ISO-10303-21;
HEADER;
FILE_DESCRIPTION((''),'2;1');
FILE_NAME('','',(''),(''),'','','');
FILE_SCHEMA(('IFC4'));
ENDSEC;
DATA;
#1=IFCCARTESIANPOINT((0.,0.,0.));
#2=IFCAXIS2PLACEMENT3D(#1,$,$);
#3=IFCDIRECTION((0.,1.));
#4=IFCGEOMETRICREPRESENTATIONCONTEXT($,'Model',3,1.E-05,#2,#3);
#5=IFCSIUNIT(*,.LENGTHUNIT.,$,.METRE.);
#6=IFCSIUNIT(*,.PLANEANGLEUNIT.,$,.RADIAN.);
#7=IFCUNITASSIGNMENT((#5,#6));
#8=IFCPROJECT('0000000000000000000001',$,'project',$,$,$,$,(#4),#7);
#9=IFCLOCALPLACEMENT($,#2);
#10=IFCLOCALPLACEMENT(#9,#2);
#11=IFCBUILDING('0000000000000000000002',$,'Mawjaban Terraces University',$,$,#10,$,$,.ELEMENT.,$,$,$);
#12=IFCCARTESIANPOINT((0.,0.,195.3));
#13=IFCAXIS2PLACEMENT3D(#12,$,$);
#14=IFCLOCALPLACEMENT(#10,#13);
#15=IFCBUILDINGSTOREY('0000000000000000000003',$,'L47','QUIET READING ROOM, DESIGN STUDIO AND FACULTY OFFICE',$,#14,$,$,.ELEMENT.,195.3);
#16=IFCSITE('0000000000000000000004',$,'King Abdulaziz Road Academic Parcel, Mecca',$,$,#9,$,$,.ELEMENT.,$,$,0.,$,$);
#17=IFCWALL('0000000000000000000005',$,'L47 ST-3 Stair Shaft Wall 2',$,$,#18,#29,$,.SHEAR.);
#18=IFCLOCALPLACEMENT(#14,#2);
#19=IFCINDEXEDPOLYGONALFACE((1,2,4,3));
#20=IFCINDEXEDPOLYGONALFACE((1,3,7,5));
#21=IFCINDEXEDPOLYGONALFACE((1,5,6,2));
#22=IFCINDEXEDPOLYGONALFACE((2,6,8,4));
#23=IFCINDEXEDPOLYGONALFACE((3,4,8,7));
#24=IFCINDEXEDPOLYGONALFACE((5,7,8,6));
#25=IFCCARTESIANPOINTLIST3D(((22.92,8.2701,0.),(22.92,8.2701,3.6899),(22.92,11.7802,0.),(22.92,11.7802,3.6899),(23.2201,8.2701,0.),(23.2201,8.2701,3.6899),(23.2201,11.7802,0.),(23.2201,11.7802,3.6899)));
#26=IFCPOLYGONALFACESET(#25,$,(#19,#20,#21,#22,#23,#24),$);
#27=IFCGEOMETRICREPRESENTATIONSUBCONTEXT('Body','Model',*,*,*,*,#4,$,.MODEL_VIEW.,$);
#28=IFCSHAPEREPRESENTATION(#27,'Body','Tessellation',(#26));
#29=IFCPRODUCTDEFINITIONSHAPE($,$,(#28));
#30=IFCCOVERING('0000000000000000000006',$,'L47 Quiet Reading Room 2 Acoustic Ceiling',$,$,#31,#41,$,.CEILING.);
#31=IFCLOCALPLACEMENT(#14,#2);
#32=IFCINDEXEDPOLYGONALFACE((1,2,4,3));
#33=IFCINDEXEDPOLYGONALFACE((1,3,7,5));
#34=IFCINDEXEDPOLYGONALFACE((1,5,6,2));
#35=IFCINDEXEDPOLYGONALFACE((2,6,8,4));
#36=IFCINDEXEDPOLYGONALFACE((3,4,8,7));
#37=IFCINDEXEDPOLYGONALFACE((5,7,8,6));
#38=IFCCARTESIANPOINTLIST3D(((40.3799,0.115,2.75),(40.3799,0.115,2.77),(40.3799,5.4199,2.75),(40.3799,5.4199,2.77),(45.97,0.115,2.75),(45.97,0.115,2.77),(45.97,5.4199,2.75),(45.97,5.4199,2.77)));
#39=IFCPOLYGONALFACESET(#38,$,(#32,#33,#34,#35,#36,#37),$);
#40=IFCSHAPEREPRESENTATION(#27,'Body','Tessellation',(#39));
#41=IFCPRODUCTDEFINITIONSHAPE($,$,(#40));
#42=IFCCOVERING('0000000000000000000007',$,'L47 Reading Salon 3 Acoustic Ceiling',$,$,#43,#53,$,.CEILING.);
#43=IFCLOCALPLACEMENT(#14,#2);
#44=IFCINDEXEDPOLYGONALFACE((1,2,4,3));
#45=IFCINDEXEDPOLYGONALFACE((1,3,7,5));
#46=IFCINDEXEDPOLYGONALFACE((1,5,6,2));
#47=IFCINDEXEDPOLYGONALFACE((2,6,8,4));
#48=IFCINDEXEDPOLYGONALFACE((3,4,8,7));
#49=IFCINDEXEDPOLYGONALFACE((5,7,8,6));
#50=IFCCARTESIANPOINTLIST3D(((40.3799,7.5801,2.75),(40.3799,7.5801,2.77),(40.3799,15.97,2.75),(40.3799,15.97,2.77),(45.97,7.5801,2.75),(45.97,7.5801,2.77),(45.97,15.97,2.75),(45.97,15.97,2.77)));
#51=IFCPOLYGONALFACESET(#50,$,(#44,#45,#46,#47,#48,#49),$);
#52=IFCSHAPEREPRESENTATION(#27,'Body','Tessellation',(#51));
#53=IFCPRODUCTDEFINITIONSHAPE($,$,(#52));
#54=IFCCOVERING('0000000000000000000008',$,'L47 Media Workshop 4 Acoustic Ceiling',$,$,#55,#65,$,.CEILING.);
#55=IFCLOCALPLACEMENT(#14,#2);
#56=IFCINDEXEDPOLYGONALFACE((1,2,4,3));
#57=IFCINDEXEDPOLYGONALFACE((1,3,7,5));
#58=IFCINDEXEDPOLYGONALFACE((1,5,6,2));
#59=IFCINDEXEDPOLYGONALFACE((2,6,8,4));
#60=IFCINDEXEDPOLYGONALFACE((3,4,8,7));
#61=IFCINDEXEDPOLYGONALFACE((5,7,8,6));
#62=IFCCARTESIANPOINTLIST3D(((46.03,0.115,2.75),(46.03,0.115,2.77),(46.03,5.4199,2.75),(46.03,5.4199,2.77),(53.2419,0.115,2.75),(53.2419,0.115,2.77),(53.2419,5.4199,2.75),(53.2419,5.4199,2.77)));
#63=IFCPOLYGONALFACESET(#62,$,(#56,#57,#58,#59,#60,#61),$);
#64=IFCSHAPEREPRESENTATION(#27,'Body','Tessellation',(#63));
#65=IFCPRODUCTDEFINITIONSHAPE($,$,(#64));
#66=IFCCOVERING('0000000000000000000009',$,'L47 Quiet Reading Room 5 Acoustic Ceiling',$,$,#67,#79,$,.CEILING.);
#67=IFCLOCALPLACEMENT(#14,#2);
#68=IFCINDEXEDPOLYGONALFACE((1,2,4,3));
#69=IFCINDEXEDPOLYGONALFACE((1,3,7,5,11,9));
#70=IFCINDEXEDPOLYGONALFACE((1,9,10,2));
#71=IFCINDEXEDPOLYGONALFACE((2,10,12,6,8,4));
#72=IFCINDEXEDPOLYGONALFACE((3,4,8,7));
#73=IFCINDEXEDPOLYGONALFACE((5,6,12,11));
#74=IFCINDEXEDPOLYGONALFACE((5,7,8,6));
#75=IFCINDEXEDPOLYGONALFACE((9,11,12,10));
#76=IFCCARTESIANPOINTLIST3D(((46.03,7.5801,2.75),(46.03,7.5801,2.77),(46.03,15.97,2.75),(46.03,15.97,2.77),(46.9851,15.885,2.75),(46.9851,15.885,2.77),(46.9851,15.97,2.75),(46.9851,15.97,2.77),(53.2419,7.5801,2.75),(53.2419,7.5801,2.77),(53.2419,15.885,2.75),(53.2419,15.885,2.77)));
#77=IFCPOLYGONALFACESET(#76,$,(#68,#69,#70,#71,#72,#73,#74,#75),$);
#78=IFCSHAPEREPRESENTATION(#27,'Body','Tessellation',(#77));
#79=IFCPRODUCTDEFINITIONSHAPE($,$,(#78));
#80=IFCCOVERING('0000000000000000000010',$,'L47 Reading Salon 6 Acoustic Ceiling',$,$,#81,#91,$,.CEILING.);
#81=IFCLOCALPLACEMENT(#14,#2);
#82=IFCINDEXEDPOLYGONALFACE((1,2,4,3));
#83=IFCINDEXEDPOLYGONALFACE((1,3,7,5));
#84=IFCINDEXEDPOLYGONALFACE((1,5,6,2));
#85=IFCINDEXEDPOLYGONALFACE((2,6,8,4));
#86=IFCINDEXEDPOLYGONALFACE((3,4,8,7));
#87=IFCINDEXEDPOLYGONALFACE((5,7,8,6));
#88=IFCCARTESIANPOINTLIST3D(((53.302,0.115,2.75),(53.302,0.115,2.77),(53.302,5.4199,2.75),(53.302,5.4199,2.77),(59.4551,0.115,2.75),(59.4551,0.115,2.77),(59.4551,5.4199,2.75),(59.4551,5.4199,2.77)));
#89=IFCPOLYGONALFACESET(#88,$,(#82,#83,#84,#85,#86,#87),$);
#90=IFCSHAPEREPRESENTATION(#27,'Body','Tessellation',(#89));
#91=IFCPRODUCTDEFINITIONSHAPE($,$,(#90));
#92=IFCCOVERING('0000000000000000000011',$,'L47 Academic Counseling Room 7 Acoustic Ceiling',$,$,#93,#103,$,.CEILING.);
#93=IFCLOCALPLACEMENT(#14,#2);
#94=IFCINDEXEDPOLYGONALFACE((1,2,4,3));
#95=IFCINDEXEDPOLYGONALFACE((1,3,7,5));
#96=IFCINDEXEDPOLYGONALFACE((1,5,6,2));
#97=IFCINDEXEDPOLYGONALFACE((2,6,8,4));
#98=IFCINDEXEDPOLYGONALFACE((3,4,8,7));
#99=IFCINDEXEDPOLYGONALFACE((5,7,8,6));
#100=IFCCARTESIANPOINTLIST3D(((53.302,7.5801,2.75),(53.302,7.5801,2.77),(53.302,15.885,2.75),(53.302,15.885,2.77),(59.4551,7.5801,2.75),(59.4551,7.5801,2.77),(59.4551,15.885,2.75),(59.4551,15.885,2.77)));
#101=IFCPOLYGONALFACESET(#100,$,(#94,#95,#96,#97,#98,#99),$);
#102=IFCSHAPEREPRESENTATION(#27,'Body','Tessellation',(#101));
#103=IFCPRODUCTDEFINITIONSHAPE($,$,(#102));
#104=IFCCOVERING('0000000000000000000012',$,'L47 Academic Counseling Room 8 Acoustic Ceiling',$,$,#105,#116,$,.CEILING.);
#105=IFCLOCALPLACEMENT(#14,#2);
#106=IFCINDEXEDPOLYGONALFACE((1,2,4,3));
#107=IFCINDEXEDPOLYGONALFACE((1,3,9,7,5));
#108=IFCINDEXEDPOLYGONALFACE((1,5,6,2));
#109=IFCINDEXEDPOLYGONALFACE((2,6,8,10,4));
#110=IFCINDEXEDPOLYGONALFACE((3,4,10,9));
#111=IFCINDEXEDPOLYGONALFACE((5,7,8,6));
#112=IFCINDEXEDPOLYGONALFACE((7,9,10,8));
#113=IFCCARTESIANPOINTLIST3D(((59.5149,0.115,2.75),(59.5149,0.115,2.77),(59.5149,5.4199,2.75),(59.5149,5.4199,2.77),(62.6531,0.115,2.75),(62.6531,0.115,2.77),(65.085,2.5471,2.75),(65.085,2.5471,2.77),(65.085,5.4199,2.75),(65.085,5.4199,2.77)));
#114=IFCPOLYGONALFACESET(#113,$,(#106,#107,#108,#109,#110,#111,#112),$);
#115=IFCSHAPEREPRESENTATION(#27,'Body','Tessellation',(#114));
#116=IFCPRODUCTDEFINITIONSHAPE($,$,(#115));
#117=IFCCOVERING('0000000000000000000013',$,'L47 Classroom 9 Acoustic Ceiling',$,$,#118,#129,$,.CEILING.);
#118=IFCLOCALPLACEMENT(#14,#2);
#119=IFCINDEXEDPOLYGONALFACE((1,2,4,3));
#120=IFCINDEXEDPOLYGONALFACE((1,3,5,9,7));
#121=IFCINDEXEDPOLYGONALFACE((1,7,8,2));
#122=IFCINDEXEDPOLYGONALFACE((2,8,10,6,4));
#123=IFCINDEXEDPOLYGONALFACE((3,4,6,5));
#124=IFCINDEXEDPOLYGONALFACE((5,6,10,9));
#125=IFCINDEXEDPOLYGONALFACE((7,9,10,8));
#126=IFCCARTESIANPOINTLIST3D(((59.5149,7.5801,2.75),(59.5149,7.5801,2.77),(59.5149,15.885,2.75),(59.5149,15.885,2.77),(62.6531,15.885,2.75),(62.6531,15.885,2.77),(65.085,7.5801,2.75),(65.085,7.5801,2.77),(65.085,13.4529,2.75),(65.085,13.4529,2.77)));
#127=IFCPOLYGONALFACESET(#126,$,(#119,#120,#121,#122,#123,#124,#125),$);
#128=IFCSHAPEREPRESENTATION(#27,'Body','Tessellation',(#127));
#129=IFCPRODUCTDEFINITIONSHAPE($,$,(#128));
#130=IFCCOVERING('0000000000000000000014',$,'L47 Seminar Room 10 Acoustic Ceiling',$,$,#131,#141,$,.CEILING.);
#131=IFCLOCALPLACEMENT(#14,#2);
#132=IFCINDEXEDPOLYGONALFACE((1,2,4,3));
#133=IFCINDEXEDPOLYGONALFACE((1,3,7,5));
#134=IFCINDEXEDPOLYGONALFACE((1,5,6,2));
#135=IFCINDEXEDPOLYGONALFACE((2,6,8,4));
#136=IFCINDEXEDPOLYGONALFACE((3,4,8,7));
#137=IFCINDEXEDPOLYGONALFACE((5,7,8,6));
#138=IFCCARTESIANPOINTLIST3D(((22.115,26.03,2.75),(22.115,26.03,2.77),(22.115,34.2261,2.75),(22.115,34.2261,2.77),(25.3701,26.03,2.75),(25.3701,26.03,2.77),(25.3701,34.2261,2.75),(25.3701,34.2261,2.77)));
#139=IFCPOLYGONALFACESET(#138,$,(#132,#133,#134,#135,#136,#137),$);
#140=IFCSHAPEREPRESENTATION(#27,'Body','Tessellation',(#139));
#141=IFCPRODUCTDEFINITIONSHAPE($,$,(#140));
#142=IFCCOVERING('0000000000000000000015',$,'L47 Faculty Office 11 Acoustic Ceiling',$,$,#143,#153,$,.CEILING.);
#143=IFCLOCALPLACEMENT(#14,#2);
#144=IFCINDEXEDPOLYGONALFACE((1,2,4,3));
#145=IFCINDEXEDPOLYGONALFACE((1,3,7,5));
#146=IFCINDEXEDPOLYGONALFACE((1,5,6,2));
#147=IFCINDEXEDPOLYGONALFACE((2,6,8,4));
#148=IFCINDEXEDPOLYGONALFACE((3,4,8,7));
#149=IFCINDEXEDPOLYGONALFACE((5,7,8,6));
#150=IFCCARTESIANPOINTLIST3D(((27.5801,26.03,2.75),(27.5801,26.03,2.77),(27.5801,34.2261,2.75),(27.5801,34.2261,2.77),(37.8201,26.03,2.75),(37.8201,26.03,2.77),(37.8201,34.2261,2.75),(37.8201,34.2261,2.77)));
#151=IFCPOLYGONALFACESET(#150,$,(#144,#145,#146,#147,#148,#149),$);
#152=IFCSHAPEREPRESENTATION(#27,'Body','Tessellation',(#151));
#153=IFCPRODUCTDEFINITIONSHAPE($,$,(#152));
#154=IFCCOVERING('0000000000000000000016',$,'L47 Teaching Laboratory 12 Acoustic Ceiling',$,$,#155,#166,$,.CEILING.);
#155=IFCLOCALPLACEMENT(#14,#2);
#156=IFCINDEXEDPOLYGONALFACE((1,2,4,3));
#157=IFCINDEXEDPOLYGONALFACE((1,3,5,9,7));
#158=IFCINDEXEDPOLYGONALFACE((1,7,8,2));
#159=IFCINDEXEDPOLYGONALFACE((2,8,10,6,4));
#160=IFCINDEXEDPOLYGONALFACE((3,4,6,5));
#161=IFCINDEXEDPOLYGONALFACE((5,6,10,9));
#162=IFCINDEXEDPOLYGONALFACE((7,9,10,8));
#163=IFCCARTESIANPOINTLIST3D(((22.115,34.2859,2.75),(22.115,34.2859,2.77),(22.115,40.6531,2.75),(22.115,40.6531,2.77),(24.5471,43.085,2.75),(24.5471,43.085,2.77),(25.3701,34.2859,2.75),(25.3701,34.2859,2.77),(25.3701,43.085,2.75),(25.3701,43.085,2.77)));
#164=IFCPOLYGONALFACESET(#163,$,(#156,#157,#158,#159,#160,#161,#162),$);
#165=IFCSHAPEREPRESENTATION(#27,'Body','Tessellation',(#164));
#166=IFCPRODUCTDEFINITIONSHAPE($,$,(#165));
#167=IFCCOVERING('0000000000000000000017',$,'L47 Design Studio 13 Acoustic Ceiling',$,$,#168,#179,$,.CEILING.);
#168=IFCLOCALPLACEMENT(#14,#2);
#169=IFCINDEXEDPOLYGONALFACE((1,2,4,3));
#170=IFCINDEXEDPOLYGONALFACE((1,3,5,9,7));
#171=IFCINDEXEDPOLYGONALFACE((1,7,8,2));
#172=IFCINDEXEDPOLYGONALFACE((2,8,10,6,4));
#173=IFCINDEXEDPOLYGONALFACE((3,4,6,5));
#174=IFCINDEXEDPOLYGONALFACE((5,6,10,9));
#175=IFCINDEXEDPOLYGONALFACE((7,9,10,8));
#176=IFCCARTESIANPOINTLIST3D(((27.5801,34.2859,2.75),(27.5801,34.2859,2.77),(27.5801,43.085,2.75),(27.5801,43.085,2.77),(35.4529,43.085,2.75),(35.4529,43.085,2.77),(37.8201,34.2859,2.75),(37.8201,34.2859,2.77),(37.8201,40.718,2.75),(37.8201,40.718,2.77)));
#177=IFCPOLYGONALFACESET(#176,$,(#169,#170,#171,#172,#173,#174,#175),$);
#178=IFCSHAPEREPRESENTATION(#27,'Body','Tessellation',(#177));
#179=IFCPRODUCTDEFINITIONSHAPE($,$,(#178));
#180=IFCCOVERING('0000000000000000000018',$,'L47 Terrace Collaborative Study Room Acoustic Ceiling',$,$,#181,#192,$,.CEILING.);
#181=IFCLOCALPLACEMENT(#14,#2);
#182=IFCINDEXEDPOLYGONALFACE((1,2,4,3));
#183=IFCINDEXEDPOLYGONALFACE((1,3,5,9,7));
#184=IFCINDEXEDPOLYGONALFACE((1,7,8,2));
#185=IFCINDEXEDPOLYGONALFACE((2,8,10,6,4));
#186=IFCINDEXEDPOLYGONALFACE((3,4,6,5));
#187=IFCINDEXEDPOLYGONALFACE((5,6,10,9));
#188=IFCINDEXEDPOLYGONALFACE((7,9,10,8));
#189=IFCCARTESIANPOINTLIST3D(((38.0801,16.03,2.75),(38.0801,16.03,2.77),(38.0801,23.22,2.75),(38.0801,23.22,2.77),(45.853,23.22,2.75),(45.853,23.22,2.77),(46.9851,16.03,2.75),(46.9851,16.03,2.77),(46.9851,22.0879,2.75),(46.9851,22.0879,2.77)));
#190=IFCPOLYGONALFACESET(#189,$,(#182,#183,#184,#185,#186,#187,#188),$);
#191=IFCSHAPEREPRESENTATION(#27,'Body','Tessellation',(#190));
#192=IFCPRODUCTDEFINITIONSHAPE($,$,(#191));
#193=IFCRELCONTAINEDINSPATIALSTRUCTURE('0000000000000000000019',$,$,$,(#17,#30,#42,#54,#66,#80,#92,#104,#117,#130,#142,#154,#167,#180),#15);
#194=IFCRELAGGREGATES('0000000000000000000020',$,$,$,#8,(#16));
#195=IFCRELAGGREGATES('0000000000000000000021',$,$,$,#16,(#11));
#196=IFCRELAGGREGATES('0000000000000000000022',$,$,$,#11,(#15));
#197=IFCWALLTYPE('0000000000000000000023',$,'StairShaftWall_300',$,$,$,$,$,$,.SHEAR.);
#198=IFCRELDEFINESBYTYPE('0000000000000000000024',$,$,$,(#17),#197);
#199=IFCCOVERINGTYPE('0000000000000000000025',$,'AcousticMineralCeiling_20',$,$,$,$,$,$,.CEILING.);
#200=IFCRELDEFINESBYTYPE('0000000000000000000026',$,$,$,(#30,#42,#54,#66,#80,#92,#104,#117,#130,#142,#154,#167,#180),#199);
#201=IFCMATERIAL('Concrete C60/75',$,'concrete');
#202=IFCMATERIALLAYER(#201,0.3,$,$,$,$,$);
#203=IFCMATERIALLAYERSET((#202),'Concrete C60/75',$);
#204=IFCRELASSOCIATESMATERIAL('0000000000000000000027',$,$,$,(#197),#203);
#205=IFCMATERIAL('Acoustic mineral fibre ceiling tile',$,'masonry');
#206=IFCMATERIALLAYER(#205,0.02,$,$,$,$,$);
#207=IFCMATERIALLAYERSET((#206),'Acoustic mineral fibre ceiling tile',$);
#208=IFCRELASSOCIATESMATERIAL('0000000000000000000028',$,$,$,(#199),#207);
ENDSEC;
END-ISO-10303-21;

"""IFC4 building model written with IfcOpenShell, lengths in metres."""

from ifc_helpers import new_model, si_unit, direction, frame, frame_2d, origin, place, context, subcontext, project, spatial, polyline, rectangle, outline, extrude, material, layer, layer_set, type_object, element, save


model = new_model("IFC4")

# Units and contexts
model_context = context("Model", 3, precision=1e-05, world=origin(), true_north=direction((0.0, 1.0)))
body_context = subcontext(model_context, "Body", "Model", "MODEL_VIEW")
ifc_project = project(units=[si_unit("LENGTHUNIT", "METRE"), si_unit("PLANEANGLEUNIT", "RADIAN")], contexts=[model_context])

# Site, building, storey
site_placement = place(None, origin())
site = spatial("IfcSite", under=ifc_project, at=site_placement, Name="King Abdulaziz Road Academic Parcel, Mecca", CompositionType="ELEMENT", RefElevation=0.0)
building_placement = place(site_placement, origin())
building = spatial("IfcBuilding", under=site, at=building_placement, Name="Mawjaban Terraces University", CompositionType="ELEMENT")
storey_placement = place(building_placement, frame((0.0, 0.0, 195.3)))
storey = spatial("IfcBuildingStorey", under=building, at=storey_placement, Name="L47", Description="QUIET READING ROOM, DESIGN STUDIO AND FACULTY OFFICE", CompositionType="ELEMENT", Elevation=195.3)

# Shared definitions
ifc_material_1 = material(Name="Concrete C60/75", Category="concrete")

# Wall
ifc_layer_1 = layer(ifc_material_1, 0.3)
ifc_layer_set_1 = layer_set([ifc_layer_1], Name="Concrete C60/75")
wall_type_1 = type_object("IfcWallType", Name="StairShaftWall_300", PredefinedType="SHEAR", material=ifc_layer_set_1)
wall_1_placement = place(storey_placement, frame((23.0701, 11.78, 0.0), z_axis=(0.0, 0.0, 1.0), x_axis=(0.0, -1.0, 0.0)))
element("IfcWall", 1, at=wall_1_placement, inside=storey, type_object=wall_type_1, Name="L47 ST-3 Stair Shaft Wall 2", PredefinedType="SHEAR", context=body_context, shape_type="SweptSolid", body=[
    extrude(rectangle(XDim=3.51, YDim=0.3, at=frame_2d((1.7549, 0.0))), origin(), (0.0, 0.0, 1.0), 3.6899),
])

# Coverings
ifc_material_2 = material(Name="Acoustic mineral fibre ceiling tile", Category="masonry")
ifc_layer_2 = layer(ifc_material_2, 0.02)
ifc_layer_set_2 = layer_set([ifc_layer_2], Name="Acoustic mineral fibre ceiling tile")
covering_type_1 = type_object("IfcCoveringType", Name="AcousticMineralCeiling_20", PredefinedType="CEILING", material=ifc_layer_set_2)
covering_1_placement = place(storey_placement, frame((0.0, 0.0, 2.75)))
element("IfcCovering", 2, at=covering_1_placement, inside=storey, type_object=covering_type_1, Name="L47 Quiet Reading Room 2 Acoustic Ceiling", PredefinedType="CEILING", context=body_context, shape_type="SweptSolid", body=[
    extrude(outline(polyline([(40.3799, 0.115), (45.97, 0.115), (45.97, 5.4199), (40.3799, 5.4199), (40.3799, 0.115)])), origin(), (0.0, 0.0, 1.0), 0.02),
])
covering_2_placement = place(storey_placement, frame((0.0, 0.0, 2.75)))
element("IfcCovering", 3, at=covering_2_placement, inside=storey, type_object=covering_type_1, Name="L47 Reading Salon 3 Acoustic Ceiling", PredefinedType="CEILING", context=body_context, shape_type="SweptSolid", body=[
    extrude(outline(polyline([(45.97, 7.5801), (45.97, 15.97), (40.3799, 15.97), (40.3799, 7.5801), (45.97, 7.5801)])), origin(), (0.0, 0.0, 1.0), 0.02),
])
covering_3_placement = place(storey_placement, frame((0.0, 0.0, 2.75)))
element("IfcCovering", 4, at=covering_3_placement, inside=storey, type_object=covering_type_1, Name="L47 Media Workshop 4 Acoustic Ceiling", PredefinedType="CEILING", context=body_context, shape_type="SweptSolid", body=[
    extrude(outline(polyline([(46.03, 0.115), (53.2419, 0.115), (53.2419, 5.4199), (46.03, 5.4199), (46.03, 0.115)])), origin(), (0.0, 0.0, 1.0), 0.02),
])
covering_4_placement = place(storey_placement, frame((0.0, 0.0, 2.75)))
element("IfcCovering", 5, at=covering_4_placement, inside=storey, type_object=covering_type_1, Name="L47 Quiet Reading Room 5 Acoustic Ceiling", PredefinedType="CEILING", context=body_context, shape_type="SweptSolid", body=[
    extrude(outline(polyline([(53.2419, 15.885), (46.9851, 15.885), (46.9851, 15.97), (46.03, 15.97), (46.03, 7.5801), (53.2419, 7.5801), (53.2419, 15.885)])), origin(), (0.0, 0.0, 1.0), 0.02),
])
covering_5_placement = place(storey_placement, frame((0.0, 0.0, 2.75)))
element("IfcCovering", 6, at=covering_5_placement, inside=storey, type_object=covering_type_1, Name="L47 Reading Salon 6 Acoustic Ceiling", PredefinedType="CEILING", context=body_context, shape_type="SweptSolid", body=[
    extrude(outline(polyline([(53.302, 0.115), (59.4551, 0.115), (59.4551, 5.4199), (53.302, 5.4199), (53.302, 0.115)])), origin(), (0.0, 0.0, 1.0), 0.02),
])
covering_6_placement = place(storey_placement, frame((0.0, 0.0, 2.75)))
element("IfcCovering", 7, at=covering_6_placement, inside=storey, type_object=covering_type_1, Name="L47 Academic Counseling Room 7 Acoustic Ceiling", PredefinedType="CEILING", context=body_context, shape_type="SweptSolid", body=[
    extrude(outline(polyline([(59.4551, 15.885), (53.302, 15.885), (53.302, 7.5801), (59.4551, 7.5801), (59.4551, 15.885)])), origin(), (0.0, 0.0, 1.0), 0.02),
])
covering_7_placement = place(storey_placement, frame((0.0, 0.0, 2.75)))
element("IfcCovering", 8, at=covering_7_placement, inside=storey, type_object=covering_type_1, Name="L47 Academic Counseling Room 8 Acoustic Ceiling", PredefinedType="CEILING", context=body_context, shape_type="SweptSolid", body=[
    extrude(outline(polyline([(59.5149, 0.115), (62.6531, 0.115), (65.085, 2.5471), (65.085, 5.4199), (59.5149, 5.4199), (59.5149, 0.115)])), origin(), (0.0, 0.0, 1.0), 0.02),
])
covering_8_placement = place(storey_placement, frame((0.0, 0.0, 2.75)))
element("IfcCovering", 9, at=covering_8_placement, inside=storey, type_object=covering_type_1, Name="L47 Classroom 9 Acoustic Ceiling", PredefinedType="CEILING", context=body_context, shape_type="SweptSolid", body=[
    extrude(outline(polyline([(65.085, 7.5801), (65.085, 13.4529), (62.6531, 15.885), (59.5149, 15.885), (59.5149, 7.5801), (65.085, 7.5801)])), origin(), (0.0, 0.0, 1.0), 0.02),
])
covering_9_placement = place(storey_placement, frame((0.0, 0.0, 2.75)))
element("IfcCovering", 10, at=covering_9_placement, inside=storey, type_object=covering_type_1, Name="L47 Seminar Room 10 Acoustic Ceiling", PredefinedType="CEILING", context=body_context, shape_type="SweptSolid", body=[
    extrude(outline(polyline([(22.115, 34.2261), (22.115, 26.03), (25.3701, 26.03), (25.3701, 34.2261), (22.115, 34.2261)])), origin(), (0.0, 0.0, 1.0), 0.02),
])
covering_10_placement = place(storey_placement, frame((0.0, 0.0, 2.75)))
element("IfcCovering", 11, at=covering_10_placement, inside=storey, type_object=covering_type_1, Name="L47 Faculty Office 11 Acoustic Ceiling", PredefinedType="CEILING", context=body_context, shape_type="SweptSolid", body=[
    extrude(outline(polyline([(37.8201, 26.03), (37.8201, 34.2261), (27.5801, 34.2261), (27.5801, 26.03), (37.8201, 26.03)])), origin(), (0.0, 0.0, 1.0), 0.02),
])
covering_11_placement = place(storey_placement, frame((0.0, 0.0, 2.75)))
element("IfcCovering", 12, at=covering_11_placement, inside=storey, type_object=covering_type_1, Name="L47 Teaching Laboratory 12 Acoustic Ceiling", PredefinedType="CEILING", context=body_context, shape_type="SweptSolid", body=[
    extrude(outline(polyline([(25.3701, 43.085), (24.5471, 43.085), (22.115, 40.6531), (22.115, 34.2859), (25.3701, 34.2859), (25.3701, 43.085)])), origin(), (0.0, 0.0, 1.0), 0.02),
])
covering_12_placement = place(storey_placement, frame((0.0, 0.0, 2.75)))
element("IfcCovering", 13, at=covering_12_placement, inside=storey, type_object=covering_type_1, Name="L47 Design Studio 13 Acoustic Ceiling", PredefinedType="CEILING", context=body_context, shape_type="SweptSolid", body=[
    extrude(outline(polyline([(37.8201, 40.718), (35.4529, 43.085), (27.5801, 43.085), (27.5801, 34.2859), (37.8201, 34.2859), (37.8201, 40.718)])), origin(), (0.0, 0.0, 1.0), 0.02),
])
covering_13_placement = place(storey_placement, frame((0.0, 0.0, 2.75)))
element("IfcCovering", 14, at=covering_13_placement, inside=storey, type_object=covering_type_1, Name="L47 Terrace Collaborative Study Room Acoustic Ceiling", PredefinedType="CEILING", context=body_context, shape_type="SweptSolid", body=[
    extrude(outline(polyline([(46.9851, 16.03), (46.9851, 22.0879), (45.853, 23.22), (38.0801, 23.22), (38.0801, 16.03), (46.9851, 16.03)])), origin(), (0.0, 0.0, 1.0), 0.02),
])

save(model, "model.ifc")
